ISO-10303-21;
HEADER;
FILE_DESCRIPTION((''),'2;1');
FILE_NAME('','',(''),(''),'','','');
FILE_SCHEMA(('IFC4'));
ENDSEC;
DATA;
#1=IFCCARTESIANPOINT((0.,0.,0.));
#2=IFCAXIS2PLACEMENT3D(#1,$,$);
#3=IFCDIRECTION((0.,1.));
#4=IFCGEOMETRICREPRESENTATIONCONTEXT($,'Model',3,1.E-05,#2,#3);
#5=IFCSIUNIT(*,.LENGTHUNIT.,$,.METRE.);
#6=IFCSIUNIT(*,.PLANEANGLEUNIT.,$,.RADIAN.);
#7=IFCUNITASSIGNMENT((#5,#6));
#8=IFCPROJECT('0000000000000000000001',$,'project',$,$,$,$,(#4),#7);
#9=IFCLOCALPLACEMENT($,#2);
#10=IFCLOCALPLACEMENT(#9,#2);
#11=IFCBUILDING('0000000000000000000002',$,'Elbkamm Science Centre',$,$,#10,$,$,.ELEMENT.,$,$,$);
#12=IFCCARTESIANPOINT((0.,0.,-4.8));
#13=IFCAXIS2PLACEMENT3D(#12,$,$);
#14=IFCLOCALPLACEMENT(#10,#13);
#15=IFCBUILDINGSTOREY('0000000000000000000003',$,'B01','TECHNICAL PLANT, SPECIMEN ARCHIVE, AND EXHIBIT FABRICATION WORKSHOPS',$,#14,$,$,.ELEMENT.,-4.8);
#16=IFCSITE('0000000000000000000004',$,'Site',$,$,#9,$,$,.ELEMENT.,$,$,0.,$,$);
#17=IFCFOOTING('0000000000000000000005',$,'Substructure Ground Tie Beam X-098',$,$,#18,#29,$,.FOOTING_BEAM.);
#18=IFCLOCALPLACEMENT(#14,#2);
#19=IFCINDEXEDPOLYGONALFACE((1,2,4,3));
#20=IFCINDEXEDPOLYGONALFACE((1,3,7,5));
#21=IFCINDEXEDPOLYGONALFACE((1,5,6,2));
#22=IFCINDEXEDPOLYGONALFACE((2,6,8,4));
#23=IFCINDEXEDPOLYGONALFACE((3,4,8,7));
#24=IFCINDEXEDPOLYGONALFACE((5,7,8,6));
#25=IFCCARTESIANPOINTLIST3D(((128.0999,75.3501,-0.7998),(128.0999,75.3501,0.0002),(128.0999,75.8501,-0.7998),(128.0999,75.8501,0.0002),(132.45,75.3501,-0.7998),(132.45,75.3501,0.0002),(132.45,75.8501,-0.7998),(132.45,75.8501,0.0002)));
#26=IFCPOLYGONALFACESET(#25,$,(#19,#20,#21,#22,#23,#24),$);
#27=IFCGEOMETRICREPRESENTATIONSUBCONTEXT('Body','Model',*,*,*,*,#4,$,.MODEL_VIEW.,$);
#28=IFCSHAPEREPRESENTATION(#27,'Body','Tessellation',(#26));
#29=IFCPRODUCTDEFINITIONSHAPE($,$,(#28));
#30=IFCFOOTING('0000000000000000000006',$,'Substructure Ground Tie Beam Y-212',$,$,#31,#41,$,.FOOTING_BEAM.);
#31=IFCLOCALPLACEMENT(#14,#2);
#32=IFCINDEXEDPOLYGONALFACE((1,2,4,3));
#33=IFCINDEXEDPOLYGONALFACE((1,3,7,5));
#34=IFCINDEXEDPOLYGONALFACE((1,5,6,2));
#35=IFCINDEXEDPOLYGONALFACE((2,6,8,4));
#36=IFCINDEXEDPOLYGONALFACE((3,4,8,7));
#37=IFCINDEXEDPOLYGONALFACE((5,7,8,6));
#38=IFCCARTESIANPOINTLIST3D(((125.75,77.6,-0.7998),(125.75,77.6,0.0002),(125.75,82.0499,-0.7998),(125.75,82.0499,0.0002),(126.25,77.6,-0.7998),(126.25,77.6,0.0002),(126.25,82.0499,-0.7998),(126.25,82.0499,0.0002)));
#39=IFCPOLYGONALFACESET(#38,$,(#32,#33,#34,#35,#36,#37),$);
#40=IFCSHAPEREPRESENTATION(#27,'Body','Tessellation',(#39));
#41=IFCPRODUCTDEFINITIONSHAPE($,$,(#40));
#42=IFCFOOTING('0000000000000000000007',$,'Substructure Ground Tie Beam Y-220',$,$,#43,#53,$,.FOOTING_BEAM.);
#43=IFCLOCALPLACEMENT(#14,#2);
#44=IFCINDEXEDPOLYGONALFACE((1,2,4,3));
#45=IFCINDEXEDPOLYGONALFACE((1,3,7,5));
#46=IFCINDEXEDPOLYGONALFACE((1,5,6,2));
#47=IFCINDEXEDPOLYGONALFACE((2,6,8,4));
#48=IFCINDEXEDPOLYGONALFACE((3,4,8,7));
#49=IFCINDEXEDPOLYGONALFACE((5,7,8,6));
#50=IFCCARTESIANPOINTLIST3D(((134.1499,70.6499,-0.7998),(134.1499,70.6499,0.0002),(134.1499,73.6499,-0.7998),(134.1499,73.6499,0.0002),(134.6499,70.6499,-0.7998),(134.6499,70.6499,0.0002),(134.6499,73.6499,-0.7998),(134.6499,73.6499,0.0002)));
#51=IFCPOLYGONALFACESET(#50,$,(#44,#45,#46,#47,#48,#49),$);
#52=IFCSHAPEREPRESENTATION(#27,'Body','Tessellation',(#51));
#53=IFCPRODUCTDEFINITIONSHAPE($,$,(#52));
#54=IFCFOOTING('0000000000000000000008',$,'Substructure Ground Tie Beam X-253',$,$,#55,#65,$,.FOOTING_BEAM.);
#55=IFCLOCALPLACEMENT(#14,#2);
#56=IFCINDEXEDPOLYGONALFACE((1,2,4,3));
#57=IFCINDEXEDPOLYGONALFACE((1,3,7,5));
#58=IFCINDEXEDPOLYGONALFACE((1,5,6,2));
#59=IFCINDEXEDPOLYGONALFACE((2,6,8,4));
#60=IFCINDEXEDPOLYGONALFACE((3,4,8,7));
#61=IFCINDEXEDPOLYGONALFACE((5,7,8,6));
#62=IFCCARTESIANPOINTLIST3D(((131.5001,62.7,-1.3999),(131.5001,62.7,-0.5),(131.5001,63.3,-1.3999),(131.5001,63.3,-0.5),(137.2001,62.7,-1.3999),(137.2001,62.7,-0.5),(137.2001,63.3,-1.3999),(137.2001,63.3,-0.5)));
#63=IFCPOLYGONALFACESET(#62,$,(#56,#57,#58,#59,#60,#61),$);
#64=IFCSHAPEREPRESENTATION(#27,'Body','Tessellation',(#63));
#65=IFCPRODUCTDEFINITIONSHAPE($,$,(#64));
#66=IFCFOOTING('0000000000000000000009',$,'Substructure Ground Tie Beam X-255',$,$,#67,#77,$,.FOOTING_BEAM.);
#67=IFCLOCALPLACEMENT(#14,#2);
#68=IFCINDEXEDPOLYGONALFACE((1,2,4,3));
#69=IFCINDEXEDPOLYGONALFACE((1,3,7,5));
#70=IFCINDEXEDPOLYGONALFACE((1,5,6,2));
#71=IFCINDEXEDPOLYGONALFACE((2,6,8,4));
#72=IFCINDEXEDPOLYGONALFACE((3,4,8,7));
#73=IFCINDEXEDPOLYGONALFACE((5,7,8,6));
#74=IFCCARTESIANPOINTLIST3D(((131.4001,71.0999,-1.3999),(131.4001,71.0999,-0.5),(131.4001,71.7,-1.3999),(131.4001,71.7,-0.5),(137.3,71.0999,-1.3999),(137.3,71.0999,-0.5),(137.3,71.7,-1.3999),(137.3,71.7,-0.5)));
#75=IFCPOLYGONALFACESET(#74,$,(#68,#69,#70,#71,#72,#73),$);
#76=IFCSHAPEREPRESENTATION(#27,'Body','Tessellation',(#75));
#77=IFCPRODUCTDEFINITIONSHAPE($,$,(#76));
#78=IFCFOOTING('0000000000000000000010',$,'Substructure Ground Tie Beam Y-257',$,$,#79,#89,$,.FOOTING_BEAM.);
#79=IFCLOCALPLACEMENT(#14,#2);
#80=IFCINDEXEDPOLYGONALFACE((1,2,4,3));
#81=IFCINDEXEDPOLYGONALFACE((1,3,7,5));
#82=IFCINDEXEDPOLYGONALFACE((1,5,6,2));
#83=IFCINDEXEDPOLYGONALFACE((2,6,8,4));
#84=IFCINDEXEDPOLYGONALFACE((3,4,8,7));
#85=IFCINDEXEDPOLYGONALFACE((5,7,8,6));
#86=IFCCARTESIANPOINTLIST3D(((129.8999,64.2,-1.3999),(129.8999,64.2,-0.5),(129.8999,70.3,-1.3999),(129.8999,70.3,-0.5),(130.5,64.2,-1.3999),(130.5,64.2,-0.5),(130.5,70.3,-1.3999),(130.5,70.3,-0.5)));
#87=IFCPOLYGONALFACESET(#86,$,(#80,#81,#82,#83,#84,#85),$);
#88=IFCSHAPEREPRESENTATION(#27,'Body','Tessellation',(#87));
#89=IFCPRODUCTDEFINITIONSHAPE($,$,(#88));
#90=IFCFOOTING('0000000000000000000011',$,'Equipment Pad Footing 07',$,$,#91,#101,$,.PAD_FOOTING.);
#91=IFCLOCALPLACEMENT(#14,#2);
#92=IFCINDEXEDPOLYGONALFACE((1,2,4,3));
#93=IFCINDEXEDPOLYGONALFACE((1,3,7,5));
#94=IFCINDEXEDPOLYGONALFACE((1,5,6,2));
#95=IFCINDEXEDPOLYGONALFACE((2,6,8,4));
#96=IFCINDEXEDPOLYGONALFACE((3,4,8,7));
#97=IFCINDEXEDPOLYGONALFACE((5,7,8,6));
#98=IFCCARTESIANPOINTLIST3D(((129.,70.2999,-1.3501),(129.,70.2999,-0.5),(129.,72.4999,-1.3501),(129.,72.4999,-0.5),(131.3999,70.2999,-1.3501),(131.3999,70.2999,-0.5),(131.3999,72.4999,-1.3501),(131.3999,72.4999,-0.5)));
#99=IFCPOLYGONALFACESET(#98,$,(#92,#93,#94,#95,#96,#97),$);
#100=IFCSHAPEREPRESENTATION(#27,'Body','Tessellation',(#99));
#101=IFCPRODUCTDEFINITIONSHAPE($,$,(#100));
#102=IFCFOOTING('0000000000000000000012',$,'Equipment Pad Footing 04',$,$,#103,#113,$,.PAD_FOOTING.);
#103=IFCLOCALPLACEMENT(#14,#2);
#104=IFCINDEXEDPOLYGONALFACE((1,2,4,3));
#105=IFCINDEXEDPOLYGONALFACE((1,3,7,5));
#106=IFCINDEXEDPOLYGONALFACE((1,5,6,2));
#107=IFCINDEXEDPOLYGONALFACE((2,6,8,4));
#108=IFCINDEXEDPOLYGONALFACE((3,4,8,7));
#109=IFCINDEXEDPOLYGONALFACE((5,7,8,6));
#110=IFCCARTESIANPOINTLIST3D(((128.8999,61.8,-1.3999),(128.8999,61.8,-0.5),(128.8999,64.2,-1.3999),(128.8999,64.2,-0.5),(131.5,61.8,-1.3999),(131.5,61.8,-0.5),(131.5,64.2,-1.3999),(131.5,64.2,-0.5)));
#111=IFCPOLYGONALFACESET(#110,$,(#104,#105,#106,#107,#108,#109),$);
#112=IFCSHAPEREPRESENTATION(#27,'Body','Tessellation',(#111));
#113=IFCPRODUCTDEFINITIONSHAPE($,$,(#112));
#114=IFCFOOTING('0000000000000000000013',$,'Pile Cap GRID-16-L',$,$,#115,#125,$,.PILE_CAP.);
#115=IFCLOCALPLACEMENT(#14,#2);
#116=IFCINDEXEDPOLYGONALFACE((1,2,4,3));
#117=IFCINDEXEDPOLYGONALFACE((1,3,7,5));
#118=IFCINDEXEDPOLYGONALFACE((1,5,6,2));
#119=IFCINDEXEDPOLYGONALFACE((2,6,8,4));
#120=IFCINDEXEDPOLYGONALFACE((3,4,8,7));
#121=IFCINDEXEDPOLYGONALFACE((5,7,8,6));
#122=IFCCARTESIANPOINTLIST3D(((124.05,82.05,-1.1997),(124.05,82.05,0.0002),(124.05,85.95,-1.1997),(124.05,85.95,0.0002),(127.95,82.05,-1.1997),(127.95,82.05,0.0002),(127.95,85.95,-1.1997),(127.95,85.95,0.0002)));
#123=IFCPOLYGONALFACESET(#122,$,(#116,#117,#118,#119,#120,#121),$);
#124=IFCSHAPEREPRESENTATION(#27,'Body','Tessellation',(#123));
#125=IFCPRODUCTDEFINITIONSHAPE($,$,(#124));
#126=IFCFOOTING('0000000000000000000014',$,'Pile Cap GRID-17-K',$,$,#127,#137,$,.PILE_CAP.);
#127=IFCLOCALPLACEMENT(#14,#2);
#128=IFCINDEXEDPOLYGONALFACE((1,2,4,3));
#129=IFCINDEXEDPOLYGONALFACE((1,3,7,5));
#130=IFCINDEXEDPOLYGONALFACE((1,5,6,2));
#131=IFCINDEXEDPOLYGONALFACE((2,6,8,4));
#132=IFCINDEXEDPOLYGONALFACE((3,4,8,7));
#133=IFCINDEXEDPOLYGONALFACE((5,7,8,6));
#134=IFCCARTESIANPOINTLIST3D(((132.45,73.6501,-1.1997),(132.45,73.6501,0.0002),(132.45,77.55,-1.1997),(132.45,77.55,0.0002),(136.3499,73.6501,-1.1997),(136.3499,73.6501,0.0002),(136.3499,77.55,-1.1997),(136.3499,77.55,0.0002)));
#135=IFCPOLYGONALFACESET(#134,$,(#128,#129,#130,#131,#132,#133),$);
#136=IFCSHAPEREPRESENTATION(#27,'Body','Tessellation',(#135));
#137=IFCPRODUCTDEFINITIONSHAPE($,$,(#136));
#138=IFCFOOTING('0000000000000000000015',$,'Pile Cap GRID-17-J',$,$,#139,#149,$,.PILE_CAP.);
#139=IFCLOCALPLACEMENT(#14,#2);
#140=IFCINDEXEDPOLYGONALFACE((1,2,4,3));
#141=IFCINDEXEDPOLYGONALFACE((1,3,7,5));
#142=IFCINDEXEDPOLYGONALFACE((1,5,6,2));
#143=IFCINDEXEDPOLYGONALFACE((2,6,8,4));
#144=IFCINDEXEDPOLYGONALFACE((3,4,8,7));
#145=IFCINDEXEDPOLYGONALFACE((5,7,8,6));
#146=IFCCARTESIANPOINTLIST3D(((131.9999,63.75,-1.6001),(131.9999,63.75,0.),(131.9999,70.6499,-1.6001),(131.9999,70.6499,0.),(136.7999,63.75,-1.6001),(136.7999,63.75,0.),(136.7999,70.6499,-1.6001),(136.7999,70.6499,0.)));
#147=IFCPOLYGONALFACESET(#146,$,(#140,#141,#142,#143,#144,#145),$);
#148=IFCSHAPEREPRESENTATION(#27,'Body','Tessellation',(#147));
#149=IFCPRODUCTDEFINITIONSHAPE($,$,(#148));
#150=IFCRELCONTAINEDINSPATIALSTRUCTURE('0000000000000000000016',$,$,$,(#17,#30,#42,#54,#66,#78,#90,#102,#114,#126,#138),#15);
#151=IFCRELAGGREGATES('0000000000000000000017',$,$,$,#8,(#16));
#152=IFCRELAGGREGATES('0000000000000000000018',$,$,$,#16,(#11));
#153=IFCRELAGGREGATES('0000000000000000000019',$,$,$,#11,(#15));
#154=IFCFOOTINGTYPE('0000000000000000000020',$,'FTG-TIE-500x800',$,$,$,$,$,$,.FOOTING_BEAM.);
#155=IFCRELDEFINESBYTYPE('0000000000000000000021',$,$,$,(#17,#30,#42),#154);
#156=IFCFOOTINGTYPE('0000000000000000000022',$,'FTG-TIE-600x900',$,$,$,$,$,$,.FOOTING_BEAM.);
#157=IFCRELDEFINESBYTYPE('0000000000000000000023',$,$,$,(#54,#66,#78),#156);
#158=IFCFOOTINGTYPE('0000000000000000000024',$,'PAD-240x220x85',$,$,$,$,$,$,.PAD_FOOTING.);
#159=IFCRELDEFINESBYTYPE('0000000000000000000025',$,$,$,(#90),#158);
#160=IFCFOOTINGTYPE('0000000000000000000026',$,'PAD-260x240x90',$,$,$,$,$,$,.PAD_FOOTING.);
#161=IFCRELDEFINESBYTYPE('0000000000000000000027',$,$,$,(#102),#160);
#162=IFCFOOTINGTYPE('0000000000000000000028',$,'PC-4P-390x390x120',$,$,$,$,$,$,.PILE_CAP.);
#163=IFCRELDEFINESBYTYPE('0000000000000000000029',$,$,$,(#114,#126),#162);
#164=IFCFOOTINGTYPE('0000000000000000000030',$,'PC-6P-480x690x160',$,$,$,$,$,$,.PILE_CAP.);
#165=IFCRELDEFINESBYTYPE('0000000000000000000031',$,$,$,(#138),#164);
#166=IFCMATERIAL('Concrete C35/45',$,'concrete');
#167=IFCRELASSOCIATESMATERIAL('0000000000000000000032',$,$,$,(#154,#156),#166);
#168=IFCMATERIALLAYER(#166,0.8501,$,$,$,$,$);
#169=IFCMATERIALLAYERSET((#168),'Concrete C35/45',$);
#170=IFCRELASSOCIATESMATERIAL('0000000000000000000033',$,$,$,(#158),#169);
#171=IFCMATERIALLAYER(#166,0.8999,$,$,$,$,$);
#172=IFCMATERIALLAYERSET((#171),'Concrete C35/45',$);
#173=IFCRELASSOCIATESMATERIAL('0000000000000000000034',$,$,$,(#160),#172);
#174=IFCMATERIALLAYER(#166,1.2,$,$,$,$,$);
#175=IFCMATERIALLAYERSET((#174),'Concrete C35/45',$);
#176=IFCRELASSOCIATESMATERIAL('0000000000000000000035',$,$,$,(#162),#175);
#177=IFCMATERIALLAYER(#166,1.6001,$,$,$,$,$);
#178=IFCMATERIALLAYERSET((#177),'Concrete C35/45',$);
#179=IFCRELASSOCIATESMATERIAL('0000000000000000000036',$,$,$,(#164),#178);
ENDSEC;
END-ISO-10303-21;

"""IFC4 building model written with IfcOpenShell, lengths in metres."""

from ifc_helpers import new_model, si_unit, direction, frame, origin, origin_2d, place, context, subcontext, project, spatial, rectangle, extrude, material, layer, layer_set, type_object, element, save


model = new_model("IFC4")

# Units and contexts
model_context = context("Model", 3, precision=1e-05, world=origin(), true_north=direction((0.0, 1.0)))
body_context = subcontext(model_context, "Body", "Model", "MODEL_VIEW")
ifc_project = project(units=[si_unit("LENGTHUNIT", "METRE"), si_unit("PLANEANGLEUNIT", "RADIAN")], contexts=[model_context])

# Site, building, storey
site_placement = place(None, origin())
site = spatial("IfcSite", under=ifc_project, at=site_placement, Name="Site", CompositionType="ELEMENT", RefElevation=0.0)
building_placement = place(site_placement, origin())
building = spatial("IfcBuilding", under=site, at=building_placement, Name="Elbkamm Science Centre", CompositionType="ELEMENT")
storey_placement = place(building_placement, frame((0.0, 0.0, -4.8)))
storey = spatial("IfcBuildingStorey", under=building, at=storey_placement, Name="B01", Description="TECHNICAL PLANT, SPECIMEN ARCHIVE, AND EXHIBIT FABRICATION WORKSHOPS", CompositionType="ELEMENT", Elevation=-4.8)

# Footings
ifc_material_1 = material(Name="Concrete C35/45", Category="concrete")
footing_type_1 = type_object("IfcFootingType", Name="FTG-TIE-500x800", PredefinedType="FOOTING_BEAM", material=ifc_material_1)
footing_1_placement = place(storey_placement, frame((130.2749, 75.6001, -0.7998), z_axis=(0.0, 0.0, 1.0), x_axis=(1.0, 0.0, 0.0)))
element("IfcFooting", 1, at=footing_1_placement, inside=storey, type_object=footing_type_1, Name="Substructure Ground Tie Beam X-098", PredefinedType="FOOTING_BEAM", context=body_context, shape_type="SweptSolid", body=[
    extrude(rectangle(XDim=4.3501, YDim=0.5, at=origin_2d()), origin(), (0.0, 0.0, 1.0), 0.8),
])
footing_2_placement = place(storey_placement, frame((126.0, 79.825, -0.7998), z_axis=(0.0, 0.0, 1.0), x_axis=(1.0, 0.0, 0.0)))
element("IfcFooting", 2, at=footing_2_placement, inside=storey, type_object=footing_type_1, Name="Substructure Ground Tie Beam Y-212", PredefinedType="FOOTING_BEAM", context=body_context, shape_type="SweptSolid", body=[
    extrude(rectangle(XDim=0.5, YDim=4.45, at=origin_2d()), origin(), (0.0, 0.0, 1.0), 0.8),
])
footing_3_placement = place(storey_placement, frame((134.3999, 72.1499, -0.7998), z_axis=(0.0, 0.0, 1.0), x_axis=(1.0, 0.0, 0.0)))
element("IfcFooting", 3, at=footing_3_placement, inside=storey, type_object=footing_type_1, Name="Substructure Ground Tie Beam Y-220", PredefinedType="FOOTING_BEAM", context=body_context, shape_type="SweptSolid", body=[
    extrude(rectangle(XDim=0.5, YDim=3.0, at=origin_2d()), origin(), (0.0, 0.0, 1.0), 0.8),
])
footing_type_2 = type_object("IfcFootingType", Name="FTG-TIE-600x900", PredefinedType="FOOTING_BEAM", material=ifc_material_1)
footing_4_placement = place(storey_placement, frame((134.3501, 63.0, -1.3999), z_axis=(0.0, 0.0, 1.0), x_axis=(1.0, 0.0, 0.0)))
element("IfcFooting", 4, at=footing_4_placement, inside=storey, type_object=footing_type_2, Name="Substructure Ground Tie Beam X-253", PredefinedType="FOOTING_BEAM", context=body_context, shape_type="SweptSolid", body=[
    extrude(rectangle(XDim=5.7, YDim=0.6001, at=origin_2d()), origin(), (0.0, 0.0, 1.0), 0.8999),
])
footing_5_placement = place(storey_placement, frame((134.3501, 71.3999, -1.3999), z_axis=(0.0, 0.0, 1.0), x_axis=(1.0, 0.0, 0.0)))
element("IfcFooting", 5, at=footing_5_placement, inside=storey, type_object=footing_type_2, Name="Substructure Ground Tie Beam X-255", PredefinedType="FOOTING_BEAM", context=body_context, shape_type="SweptSolid", body=[
    extrude(rectangle(XDim=5.8999, YDim=0.6001, at=origin_2d()), origin(), (0.0, 0.0, 1.0), 0.8999),
])
footing_6_placement = place(storey_placement, frame((130.2, 67.25, -1.3999), z_axis=(0.0, 0.0, 1.0), x_axis=(1.0, 0.0, 0.0)))
element("IfcFooting", 6, at=footing_6_placement, inside=storey, type_object=footing_type_2, Name="Substructure Ground Tie Beam Y-257", PredefinedType="FOOTING_BEAM", context=body_context, shape_type="SweptSolid", body=[
    extrude(rectangle(XDim=0.6001, YDim=6.1001, at=origin_2d()), origin(), (0.0, 0.0, 1.0), 0.8999),
])
ifc_layer_1 = layer(ifc_material_1, 0.8501)
ifc_layer_set_1 = layer_set([ifc_layer_1], Name="Concrete C35/45")
footing_type_3 = type_object("IfcFootingType", Name="PAD-240x220x85", PredefinedType="PAD_FOOTING", material=ifc_layer_set_1)
footing_7_placement = place(storey_placement, frame((130.2, 71.3999, -1.3501), z_axis=(0.0, 0.0, 1.0), x_axis=(1.0, 0.0, 0.0)))
element("IfcFooting", 7, at=footing_7_placement, inside=storey, type_object=footing_type_3, Name="Equipment Pad Footing 07", PredefinedType="PAD_FOOTING", context=body_context, shape_type="SweptSolid", body=[
    extrude(rectangle(XDim=2.3999, YDim=2.2, at=origin_2d()), origin(), (0.0, 0.0, 1.0), 0.8501),
])
ifc_layer_2 = layer(ifc_material_1, 0.8999)
ifc_layer_set_2 = layer_set([ifc_layer_2], Name="Concrete C35/45")
footing_type_4 = type_object("IfcFootingType", Name="PAD-260x240x90", PredefinedType="PAD_FOOTING", material=ifc_layer_set_2)
footing_8_placement = place(storey_placement, frame((130.2, 63.0, -1.3999), z_axis=(0.0, 0.0, 1.0), x_axis=(1.0, 0.0, 0.0)))
element("IfcFooting", 8, at=footing_8_placement, inside=storey, type_object=footing_type_4, Name="Equipment Pad Footing 04", PredefinedType="PAD_FOOTING", context=body_context, shape_type="SweptSolid", body=[
    extrude(rectangle(XDim=2.6001, YDim=2.3999, at=origin_2d()), origin(), (0.0, 0.0, 1.0), 0.8999),
])
ifc_layer_3 = layer(ifc_material_1, 1.2)
ifc_layer_set_3 = layer_set([ifc_layer_3], Name="Concrete C35/45")
footing_type_5 = type_object("IfcFootingType", Name="PC-4P-390x390x120", PredefinedType="PILE_CAP", material=ifc_layer_set_3)
for number, where, z_axis, x_axis, name in (
    (9, (126.0, 84.0, -1.1997), (0.0, 0.0, 1.0), (1.0, 0.0, 0.0), "Pile Cap GRID-16-L"),
    (10, (134.3999, 75.6001, -1.1997), (0.0, 0.0, 1.0), (1.0, 0.0, 0.0), "Pile Cap GRID-17-K"),
):
    element("IfcFooting", number, at=place(storey_placement, frame(where, z_axis=z_axis, x_axis=x_axis)), inside=storey, type_object=footing_type_5, Name=name, PredefinedType="PILE_CAP", context=body_context, shape_type="SweptSolid", body=[
        extrude(rectangle(XDim=3.8999, YDim=3.8999, at=origin_2d()), origin(), (0.0, 0.0, 1.0), 1.2),
    ])
ifc_layer_4 = layer(ifc_material_1, 1.6001)
ifc_layer_set_4 = layer_set([ifc_layer_4], Name="Concrete C35/45")
footing_type_6 = type_object("IfcFootingType", Name="PC-6P-480x690x160", PredefinedType="PILE_CAP", material=ifc_layer_set_4)
footing_9_placement = place(storey_placement, frame((134.3999, 67.2, -1.6001), z_axis=(0.0, 0.0, 1.0), x_axis=(1.0, 0.0, 0.0)))
element("IfcFooting", 11, at=footing_9_placement, inside=storey, type_object=footing_type_6, Name="Pile Cap GRID-17-J", PredefinedType="PILE_CAP", context=body_context, shape_type="SweptSolid", body=[
    extrude(rectangle(XDim=4.8, YDim=6.8999, at=origin_2d()), origin(), (0.0, 0.0, 1.0), 1.6001),
])

save(model, "model.ifc")
